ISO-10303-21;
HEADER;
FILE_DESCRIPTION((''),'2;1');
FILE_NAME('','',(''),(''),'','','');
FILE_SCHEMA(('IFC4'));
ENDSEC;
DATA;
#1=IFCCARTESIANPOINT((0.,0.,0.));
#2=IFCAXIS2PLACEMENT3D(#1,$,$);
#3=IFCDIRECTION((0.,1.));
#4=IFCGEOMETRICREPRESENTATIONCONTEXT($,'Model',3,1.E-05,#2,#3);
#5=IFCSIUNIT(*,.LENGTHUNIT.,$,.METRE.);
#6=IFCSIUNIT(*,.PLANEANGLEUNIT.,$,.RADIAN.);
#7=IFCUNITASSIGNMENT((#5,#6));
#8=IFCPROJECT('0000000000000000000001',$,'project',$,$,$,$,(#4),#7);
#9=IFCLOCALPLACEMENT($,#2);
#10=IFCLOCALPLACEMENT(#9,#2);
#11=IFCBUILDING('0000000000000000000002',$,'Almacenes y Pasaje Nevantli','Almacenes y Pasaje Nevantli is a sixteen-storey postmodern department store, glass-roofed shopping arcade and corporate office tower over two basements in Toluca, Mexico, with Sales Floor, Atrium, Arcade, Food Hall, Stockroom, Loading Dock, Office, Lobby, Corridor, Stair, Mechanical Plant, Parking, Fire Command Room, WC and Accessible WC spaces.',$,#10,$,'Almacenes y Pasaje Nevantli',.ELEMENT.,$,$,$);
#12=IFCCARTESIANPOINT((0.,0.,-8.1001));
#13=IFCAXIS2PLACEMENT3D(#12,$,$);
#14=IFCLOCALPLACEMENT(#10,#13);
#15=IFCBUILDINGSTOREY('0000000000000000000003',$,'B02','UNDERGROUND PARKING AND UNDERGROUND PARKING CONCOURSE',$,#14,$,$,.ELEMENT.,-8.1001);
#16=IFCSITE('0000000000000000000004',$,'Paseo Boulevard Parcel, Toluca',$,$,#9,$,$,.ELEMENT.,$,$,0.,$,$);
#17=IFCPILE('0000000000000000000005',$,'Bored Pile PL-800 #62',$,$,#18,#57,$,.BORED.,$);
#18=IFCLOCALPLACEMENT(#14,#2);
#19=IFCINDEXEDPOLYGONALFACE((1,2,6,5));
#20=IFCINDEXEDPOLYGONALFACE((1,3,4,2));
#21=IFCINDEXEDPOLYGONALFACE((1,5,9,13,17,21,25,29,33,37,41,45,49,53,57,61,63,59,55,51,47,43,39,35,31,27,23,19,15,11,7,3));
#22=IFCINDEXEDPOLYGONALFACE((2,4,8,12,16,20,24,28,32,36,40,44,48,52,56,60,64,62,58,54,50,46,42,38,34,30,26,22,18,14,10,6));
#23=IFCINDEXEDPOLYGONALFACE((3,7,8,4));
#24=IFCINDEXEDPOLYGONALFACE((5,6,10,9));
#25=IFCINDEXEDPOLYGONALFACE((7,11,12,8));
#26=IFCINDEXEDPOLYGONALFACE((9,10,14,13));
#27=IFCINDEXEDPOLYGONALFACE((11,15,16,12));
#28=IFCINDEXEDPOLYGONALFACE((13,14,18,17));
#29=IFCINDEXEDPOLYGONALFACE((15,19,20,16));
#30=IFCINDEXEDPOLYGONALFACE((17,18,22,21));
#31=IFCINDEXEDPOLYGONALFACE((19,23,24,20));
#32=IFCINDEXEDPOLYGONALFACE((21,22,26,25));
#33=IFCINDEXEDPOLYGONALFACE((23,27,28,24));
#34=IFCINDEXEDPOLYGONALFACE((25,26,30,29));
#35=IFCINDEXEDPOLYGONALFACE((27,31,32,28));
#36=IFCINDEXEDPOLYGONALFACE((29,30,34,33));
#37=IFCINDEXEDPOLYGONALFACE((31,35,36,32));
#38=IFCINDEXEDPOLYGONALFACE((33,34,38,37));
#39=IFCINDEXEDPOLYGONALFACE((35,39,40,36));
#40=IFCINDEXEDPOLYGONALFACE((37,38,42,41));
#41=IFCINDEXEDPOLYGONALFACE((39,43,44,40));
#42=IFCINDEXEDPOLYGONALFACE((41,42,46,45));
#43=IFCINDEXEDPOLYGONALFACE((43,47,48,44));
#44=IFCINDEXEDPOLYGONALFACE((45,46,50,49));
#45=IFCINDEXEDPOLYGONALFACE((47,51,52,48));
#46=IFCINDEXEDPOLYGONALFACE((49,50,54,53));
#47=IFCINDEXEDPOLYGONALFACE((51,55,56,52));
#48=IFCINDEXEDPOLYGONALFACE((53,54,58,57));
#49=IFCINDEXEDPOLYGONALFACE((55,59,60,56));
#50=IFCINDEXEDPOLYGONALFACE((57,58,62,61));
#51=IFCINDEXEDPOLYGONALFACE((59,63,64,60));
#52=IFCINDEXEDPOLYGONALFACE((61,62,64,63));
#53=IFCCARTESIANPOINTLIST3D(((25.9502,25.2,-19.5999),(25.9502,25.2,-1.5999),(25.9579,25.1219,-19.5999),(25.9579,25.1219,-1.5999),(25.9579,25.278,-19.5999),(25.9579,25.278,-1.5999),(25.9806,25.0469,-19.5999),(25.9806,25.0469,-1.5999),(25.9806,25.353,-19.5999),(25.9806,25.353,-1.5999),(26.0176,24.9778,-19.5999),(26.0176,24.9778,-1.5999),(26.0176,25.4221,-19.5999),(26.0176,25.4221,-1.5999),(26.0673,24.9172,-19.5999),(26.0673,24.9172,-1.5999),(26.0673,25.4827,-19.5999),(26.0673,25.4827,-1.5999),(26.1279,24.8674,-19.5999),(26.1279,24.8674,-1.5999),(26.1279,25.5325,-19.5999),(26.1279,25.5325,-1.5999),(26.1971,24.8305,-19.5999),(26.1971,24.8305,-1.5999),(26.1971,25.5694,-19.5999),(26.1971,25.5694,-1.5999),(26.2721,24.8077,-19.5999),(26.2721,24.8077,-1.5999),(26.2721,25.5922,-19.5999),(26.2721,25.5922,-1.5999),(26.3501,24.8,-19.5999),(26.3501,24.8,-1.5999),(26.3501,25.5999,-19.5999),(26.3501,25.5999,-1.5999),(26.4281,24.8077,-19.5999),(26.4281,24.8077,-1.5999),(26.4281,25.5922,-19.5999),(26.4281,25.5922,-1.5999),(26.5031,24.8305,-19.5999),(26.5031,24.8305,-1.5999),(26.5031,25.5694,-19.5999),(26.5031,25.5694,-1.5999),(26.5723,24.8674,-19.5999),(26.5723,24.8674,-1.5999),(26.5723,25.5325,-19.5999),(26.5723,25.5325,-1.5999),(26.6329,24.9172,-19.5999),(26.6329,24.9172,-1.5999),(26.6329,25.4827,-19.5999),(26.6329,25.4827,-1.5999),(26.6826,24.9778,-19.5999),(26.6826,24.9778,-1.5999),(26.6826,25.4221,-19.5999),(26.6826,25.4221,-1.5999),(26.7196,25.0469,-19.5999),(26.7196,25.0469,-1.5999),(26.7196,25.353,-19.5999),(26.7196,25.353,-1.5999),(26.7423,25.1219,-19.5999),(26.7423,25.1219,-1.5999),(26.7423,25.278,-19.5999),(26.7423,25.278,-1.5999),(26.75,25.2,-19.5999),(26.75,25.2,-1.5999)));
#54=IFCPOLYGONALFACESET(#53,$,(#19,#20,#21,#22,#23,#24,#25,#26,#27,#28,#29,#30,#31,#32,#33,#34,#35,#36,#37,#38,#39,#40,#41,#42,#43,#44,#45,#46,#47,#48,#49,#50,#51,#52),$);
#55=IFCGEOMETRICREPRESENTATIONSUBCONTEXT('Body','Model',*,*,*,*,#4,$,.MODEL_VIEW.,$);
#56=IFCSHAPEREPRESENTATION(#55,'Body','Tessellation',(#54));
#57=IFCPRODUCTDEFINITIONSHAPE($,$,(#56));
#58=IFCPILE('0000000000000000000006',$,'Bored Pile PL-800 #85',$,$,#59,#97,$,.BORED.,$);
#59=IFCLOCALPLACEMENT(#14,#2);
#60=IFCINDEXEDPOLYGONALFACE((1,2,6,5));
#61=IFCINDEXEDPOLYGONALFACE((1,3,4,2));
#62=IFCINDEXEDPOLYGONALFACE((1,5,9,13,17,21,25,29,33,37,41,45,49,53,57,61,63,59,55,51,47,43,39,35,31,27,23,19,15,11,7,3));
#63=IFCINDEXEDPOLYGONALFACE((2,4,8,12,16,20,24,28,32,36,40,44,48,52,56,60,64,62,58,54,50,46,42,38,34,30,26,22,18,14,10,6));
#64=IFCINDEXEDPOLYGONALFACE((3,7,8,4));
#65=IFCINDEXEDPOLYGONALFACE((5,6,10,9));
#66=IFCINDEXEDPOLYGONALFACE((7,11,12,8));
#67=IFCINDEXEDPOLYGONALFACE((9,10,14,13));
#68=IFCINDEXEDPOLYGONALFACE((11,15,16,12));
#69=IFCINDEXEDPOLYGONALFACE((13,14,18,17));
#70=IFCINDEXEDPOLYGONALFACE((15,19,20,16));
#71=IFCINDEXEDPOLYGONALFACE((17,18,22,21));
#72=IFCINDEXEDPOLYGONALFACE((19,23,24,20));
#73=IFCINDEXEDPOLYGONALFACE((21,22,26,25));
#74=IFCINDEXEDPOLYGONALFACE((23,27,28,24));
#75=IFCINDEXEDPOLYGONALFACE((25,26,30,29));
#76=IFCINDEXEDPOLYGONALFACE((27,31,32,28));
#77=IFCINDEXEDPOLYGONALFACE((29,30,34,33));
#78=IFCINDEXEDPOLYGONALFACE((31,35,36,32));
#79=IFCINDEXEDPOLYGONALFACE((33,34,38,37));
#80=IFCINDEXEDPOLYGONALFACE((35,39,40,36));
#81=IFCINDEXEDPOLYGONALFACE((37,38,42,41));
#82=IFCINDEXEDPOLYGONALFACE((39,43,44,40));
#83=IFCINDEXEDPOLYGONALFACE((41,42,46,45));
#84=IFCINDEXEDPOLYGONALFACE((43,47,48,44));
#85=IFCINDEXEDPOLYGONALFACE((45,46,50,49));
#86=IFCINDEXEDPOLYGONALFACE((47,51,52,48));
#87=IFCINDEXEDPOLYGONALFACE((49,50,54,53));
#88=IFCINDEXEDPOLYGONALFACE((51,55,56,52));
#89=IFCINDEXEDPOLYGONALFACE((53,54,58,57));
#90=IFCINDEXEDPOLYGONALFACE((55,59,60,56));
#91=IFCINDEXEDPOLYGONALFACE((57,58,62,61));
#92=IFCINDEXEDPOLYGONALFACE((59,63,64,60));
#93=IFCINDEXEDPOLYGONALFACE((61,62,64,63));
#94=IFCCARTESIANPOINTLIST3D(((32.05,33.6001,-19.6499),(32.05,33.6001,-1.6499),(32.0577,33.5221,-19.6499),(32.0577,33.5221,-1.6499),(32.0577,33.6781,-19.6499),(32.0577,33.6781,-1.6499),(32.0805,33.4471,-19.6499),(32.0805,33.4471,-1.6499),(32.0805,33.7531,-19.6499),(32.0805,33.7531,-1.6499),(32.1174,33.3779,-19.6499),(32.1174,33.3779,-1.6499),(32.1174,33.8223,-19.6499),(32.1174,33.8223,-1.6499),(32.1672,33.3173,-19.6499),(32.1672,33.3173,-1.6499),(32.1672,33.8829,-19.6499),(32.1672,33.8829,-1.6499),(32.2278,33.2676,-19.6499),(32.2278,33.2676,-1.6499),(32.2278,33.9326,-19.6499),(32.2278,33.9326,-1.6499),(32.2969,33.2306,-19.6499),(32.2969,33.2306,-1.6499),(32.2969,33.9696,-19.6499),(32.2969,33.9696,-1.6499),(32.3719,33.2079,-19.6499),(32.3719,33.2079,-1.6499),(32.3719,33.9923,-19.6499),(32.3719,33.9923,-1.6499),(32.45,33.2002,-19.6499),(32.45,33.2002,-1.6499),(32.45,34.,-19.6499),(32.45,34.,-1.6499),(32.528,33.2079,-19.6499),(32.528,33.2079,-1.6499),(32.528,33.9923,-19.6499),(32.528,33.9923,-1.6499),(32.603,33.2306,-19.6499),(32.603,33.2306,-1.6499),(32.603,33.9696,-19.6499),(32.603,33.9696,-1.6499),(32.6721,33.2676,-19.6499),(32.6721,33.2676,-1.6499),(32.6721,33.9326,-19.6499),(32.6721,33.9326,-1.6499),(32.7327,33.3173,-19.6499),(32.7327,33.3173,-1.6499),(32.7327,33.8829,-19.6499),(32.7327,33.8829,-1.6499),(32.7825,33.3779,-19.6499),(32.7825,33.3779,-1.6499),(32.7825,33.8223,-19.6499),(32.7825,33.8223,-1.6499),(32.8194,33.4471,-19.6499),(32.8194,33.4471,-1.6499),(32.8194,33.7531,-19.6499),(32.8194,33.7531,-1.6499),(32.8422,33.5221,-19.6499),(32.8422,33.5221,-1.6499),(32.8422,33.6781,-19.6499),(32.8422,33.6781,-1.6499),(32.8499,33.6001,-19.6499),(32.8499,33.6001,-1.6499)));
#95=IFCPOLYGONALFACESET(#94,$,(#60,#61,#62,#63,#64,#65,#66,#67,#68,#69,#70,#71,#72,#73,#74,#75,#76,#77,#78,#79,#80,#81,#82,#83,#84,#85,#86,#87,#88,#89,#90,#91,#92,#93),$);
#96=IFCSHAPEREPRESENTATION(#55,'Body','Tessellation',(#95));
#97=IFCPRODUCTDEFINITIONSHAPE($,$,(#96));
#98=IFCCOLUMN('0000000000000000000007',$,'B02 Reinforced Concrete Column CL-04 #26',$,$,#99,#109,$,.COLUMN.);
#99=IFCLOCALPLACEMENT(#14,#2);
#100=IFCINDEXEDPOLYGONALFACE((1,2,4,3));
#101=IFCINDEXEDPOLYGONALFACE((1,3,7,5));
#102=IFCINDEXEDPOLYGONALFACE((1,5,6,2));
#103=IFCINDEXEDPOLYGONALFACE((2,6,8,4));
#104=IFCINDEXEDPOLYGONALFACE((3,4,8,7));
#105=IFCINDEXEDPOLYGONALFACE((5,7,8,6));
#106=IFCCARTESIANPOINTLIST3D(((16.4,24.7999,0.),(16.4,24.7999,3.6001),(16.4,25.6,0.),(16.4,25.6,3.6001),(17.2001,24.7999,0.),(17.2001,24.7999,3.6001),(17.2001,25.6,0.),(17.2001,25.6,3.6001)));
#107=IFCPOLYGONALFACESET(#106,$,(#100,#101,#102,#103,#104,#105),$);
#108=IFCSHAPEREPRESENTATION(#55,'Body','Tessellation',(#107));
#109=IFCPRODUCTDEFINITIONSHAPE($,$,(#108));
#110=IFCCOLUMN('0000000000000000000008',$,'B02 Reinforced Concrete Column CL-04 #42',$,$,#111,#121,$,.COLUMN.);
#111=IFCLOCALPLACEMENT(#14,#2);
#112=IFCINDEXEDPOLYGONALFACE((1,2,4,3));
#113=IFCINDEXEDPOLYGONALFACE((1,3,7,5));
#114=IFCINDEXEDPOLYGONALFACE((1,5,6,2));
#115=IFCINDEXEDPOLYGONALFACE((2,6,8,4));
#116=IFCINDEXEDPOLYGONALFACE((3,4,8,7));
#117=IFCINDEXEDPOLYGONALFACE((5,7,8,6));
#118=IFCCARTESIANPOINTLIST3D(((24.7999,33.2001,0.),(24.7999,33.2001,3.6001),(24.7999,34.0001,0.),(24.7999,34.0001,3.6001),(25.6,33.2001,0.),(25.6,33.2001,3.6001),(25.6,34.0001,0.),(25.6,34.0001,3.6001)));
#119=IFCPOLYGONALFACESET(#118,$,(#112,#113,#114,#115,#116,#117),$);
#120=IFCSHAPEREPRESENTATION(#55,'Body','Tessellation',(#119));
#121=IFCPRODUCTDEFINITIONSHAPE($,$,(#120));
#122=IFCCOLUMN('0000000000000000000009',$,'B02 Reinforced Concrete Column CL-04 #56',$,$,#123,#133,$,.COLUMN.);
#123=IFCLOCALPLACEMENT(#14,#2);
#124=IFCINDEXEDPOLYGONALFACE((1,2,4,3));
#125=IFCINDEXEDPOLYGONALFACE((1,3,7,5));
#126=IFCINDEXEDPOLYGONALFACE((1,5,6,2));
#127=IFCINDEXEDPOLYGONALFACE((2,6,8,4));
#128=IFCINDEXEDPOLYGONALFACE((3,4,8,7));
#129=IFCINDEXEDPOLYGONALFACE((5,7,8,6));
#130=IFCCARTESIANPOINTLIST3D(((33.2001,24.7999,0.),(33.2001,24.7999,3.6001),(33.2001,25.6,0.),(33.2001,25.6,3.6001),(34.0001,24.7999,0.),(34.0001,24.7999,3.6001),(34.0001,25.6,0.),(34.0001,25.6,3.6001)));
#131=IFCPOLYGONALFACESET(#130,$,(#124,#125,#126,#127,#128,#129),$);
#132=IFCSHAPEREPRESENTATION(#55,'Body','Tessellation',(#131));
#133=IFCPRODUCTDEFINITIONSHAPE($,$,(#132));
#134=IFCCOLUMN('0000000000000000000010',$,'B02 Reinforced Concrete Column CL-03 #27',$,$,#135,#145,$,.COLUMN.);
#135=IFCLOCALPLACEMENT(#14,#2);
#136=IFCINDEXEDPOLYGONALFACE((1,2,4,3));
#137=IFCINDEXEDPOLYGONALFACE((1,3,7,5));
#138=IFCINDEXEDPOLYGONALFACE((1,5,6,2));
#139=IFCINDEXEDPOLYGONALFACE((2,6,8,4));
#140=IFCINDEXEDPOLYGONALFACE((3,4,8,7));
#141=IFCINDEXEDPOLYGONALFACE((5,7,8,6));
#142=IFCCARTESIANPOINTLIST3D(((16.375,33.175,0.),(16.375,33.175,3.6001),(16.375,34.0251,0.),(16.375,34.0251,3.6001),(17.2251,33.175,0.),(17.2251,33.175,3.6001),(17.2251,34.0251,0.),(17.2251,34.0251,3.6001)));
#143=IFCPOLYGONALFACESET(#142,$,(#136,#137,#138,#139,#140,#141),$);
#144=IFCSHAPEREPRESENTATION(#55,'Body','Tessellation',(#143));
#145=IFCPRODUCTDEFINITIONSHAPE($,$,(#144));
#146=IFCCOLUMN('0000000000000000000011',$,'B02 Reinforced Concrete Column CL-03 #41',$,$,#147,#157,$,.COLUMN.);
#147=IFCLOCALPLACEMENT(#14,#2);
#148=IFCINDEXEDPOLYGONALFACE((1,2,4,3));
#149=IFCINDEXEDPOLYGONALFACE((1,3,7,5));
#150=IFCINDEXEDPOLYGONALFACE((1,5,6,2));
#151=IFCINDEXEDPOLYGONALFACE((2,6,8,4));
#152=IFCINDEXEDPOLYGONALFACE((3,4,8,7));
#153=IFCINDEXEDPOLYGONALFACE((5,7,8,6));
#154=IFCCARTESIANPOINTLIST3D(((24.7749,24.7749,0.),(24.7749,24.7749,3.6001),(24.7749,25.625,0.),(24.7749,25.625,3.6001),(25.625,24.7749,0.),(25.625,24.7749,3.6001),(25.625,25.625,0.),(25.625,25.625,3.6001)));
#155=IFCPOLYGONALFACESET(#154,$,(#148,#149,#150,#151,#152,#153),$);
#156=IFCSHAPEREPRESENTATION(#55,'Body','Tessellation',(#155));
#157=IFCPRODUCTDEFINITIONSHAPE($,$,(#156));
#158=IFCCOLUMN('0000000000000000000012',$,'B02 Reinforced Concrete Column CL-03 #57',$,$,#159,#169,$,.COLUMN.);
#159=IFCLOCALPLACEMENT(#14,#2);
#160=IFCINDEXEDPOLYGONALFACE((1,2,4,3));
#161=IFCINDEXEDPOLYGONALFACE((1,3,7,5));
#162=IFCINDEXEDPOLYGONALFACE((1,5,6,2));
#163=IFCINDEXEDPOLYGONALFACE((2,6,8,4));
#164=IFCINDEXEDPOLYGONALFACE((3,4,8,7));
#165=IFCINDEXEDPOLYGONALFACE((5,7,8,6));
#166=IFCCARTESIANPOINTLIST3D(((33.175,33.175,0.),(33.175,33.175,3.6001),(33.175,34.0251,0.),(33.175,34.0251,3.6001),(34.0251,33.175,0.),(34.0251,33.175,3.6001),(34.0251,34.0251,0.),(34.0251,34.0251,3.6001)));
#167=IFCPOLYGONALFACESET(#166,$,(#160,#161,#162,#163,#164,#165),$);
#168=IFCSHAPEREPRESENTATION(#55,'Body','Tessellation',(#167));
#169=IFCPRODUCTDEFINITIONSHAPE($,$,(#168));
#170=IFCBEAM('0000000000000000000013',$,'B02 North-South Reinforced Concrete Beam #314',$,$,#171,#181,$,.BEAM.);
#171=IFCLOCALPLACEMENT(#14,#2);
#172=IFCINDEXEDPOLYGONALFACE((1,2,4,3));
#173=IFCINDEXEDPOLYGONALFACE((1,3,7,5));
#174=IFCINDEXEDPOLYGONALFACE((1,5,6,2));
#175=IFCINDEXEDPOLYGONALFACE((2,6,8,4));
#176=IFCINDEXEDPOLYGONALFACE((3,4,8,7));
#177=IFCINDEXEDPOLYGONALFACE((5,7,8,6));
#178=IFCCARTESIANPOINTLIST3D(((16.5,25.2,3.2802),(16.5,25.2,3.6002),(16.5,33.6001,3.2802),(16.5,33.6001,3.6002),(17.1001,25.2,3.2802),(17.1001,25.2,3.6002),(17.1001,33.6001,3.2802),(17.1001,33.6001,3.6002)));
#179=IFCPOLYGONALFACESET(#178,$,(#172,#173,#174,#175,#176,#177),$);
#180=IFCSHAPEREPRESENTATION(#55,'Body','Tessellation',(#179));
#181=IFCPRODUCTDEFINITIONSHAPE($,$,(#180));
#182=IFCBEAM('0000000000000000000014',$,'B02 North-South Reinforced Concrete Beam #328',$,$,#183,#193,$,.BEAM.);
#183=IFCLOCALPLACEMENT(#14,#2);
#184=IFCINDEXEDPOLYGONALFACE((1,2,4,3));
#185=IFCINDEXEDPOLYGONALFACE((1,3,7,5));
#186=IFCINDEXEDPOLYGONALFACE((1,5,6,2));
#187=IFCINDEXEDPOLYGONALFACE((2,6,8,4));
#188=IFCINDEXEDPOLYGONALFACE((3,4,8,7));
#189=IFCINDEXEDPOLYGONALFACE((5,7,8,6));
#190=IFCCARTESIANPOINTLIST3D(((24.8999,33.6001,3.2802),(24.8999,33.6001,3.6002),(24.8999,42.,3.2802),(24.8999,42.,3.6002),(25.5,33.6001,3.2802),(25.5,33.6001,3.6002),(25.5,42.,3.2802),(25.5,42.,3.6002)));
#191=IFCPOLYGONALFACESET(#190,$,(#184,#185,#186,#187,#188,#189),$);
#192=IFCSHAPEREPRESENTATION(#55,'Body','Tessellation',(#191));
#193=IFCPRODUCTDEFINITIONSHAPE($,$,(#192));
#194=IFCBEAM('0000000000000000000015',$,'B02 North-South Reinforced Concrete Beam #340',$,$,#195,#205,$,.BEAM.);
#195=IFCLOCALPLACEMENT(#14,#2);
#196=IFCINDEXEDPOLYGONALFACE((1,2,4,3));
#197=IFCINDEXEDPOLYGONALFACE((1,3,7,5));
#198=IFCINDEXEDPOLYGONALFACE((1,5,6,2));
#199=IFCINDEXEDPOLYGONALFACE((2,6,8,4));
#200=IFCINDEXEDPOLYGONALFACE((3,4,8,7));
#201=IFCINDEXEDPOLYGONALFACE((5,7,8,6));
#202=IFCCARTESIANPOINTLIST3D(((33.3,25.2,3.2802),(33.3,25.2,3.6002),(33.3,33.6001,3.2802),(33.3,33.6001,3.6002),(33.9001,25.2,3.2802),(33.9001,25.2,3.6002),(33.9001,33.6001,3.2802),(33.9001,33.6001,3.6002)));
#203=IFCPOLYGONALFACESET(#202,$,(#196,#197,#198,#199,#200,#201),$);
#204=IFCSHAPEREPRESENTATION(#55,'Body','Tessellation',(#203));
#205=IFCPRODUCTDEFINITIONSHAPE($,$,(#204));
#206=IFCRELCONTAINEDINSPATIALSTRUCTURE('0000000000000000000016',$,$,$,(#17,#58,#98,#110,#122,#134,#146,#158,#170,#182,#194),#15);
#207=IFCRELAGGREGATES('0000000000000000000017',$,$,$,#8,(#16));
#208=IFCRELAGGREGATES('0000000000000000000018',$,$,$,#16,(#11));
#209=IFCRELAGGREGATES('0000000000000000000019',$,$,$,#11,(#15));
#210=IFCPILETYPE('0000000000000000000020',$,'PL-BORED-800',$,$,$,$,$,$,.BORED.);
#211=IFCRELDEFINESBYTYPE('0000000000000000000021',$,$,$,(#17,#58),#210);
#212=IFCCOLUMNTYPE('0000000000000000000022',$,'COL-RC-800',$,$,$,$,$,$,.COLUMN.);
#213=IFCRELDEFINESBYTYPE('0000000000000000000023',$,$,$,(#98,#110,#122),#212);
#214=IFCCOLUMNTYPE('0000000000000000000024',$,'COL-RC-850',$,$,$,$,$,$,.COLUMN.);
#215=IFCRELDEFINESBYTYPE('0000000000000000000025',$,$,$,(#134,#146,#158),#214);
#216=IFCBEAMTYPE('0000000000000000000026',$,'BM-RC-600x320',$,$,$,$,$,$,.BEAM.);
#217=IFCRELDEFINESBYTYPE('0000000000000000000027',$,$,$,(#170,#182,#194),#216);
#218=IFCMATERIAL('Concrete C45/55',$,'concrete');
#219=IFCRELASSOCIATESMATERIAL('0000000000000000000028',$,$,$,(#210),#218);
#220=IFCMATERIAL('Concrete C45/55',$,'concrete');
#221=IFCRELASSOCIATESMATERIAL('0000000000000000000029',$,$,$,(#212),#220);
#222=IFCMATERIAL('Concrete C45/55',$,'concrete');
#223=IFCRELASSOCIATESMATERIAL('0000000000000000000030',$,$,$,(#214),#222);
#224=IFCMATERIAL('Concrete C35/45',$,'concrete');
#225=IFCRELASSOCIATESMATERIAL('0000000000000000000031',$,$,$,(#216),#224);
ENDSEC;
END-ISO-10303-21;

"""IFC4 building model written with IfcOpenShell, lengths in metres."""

from ifc_helpers import new_model, si_unit, direction, frame, origin, origin_2d, place, context, subcontext, project, spatial, rectangle, circle, extrude, material, material_profile, profile_set, type_object, element, save


model = new_model("IFC4")

# Units and contexts
model_context = context("Model", 3, precision=1e-05, world=origin(), true_north=direction((0.0, 1.0)))
body_context = subcontext(model_context, "Body", "Model", "MODEL_VIEW")
ifc_project = project(units=[si_unit("LENGTHUNIT", "METRE"), si_unit("PLANEANGLEUNIT", "RADIAN")], contexts=[model_context])

# Site, building, storey
site_placement = place(None, origin())
site = spatial("IfcSite", under=ifc_project, at=site_placement, Name="Paseo Boulevard Parcel, Toluca", CompositionType="ELEMENT", RefElevation=0.0)
building_placement = place(site_placement, origin())
building = spatial("IfcBuilding", under=site, at=building_placement, Name="Almacenes y Pasaje Nevantli", Description="Almacenes y Pasaje Nevantli is a sixteen-storey postmodern department store, glass-roofed shopping arcade and corporate office tower over two basements in Toluca, Mexico, with Sales Floor, Atrium, Arcade, Food Hall, Stockroom, Loading Dock, Office, Lobby, Corridor, Stair, Mechanical Plant, Parking, Fire Command Room, WC and Accessible WC spaces.", LongName="Almacenes y Pasaje Nevantli", CompositionType="ELEMENT")
storey_placement = place(building_placement, frame((0.0, 0.0, -8.1001)))
storey = spatial("IfcBuildingStorey", under=building, at=storey_placement, Name="B02", Description="UNDERGROUND PARKING AND UNDERGROUND PARKING CONCOURSE", CompositionType="ELEMENT", Elevation=-8.1001)

# Piles
ifc_material_1 = material(Name="Concrete C45/55", Category="concrete")
ifc_material_profile_1 = material_profile(ifc_material_1, circle(Radius=0.3999, at=origin_2d()), Name="RC-PILE-D800")
ifc_profile_set_1 = profile_set([ifc_material_profile_1], Name="Concrete C45/55")
pile_type_1 = type_object("IfcPileType", Name="PL-BORED-800", PredefinedType="BORED", material=ifc_profile_set_1)
for number, where, z_axis, x_axis, name in (
    (1, (26.3501, 25.2, -1.5999), (0.0, 0.0, -1.0), (1.0, 0.0, 0.0), "Bored Pile PL-800 #62"),
    (2, (32.45, 33.6001, -1.6499), (0.0, 0.0, -1.0), (1.0, 0.0, 0.0), "Bored Pile PL-800 #85"),
):
    element("IfcPile", number, at=place(storey_placement, frame(where, z_axis=z_axis, x_axis=x_axis)), inside=storey, type_object=pile_type_1, Name=name, PredefinedType="BORED", context=body_context, shape_type="SweptSolid", body=[
        extrude(circle(Radius=0.3999, at=origin_2d()), origin(), (0.0, 0.0, 1.0), 18.0),
    ])

# Columns
ifc_material_2 = material(Name="Concrete C45/55", Category="concrete")
ifc_material_profile_2 = material_profile(ifc_material_2, rectangle(XDim=0.8, YDim=0.8, at=origin_2d()), Name="RC-COL-800x800")
ifc_profile_set_2 = profile_set([ifc_material_profile_2], Name="Concrete C45/55")
column_type_1 = type_object("IfcColumnType", Name="COL-RC-800", PredefinedType="COLUMN", material=ifc_profile_set_2)
for number, where, z_axis, x_axis, name in (
    (3, (16.8, 25.2, 0.0), (0.0, 0.0, 1.0), (1.0, 0.0, 0.0), "B02 Reinforced Concrete Column CL-04 #26"),
    (4, (25.2, 33.6001, 0.0), (0.0, 0.0, 1.0), (1.0, 0.0, 0.0), "B02 Reinforced Concrete Column CL-04 #42"),
    (5, (33.6001, 25.2, 0.0), (0.0, 0.0, 1.0), (1.0, 0.0, 0.0), "B02 Reinforced Concrete Column CL-04 #56"),
):
    element("IfcColumn", number, at=place(storey_placement, frame(where, z_axis=z_axis, x_axis=x_axis)), inside=storey, type_object=column_type_1, Name=name, PredefinedType="COLUMN", context=body_context, shape_type="SweptSolid", body=[
        extrude(rectangle(XDim=0.8, YDim=0.8, at=origin_2d()), origin(), (0.0, 0.0, 1.0), 3.6001),
    ])
ifc_material_3 = material(Name="Concrete C45/55", Category="concrete")
ifc_material_profile_3 = material_profile(ifc_material_3, rectangle(XDim=0.8501, YDim=0.8501, at=origin_2d()), Name="RC-COL-850x850")
ifc_profile_set_3 = profile_set([ifc_material_profile_3], Name="Concrete C45/55")
column_type_2 = type_object("IfcColumnType", Name="COL-RC-850", PredefinedType="COLUMN", material=ifc_profile_set_3)
for number, where, z_axis, x_axis, name in (
    (6, (16.8, 33.6001, 0.0), (0.0, 0.0, 1.0), (1.0, 0.0, 0.0), "B02 Reinforced Concrete Column CL-03 #27"),
    (7, (25.2, 25.2, 0.0), (0.0, 0.0, 1.0), (1.0, 0.0, 0.0), "B02 Reinforced Concrete Column CL-03 #41"),
    (8, (33.6001, 33.6001, 0.0), (0.0, 0.0, 1.0), (1.0, 0.0, 0.0), "B02 Reinforced Concrete Column CL-03 #57"),
):
    element("IfcColumn", number, at=place(storey_placement, frame(where, z_axis=z_axis, x_axis=x_axis)), inside=storey, type_object=column_type_2, Name=name, PredefinedType="COLUMN", context=body_context, shape_type="SweptSolid", body=[
        extrude(rectangle(XDim=0.8501, YDim=0.8501, at=origin_2d()), origin(), (0.0, 0.0, 1.0), 3.6001),
    ])

# Beams
ifc_material_4 = material(Name="Concrete C35/45", Category="concrete")
ifc_material_profile_4 = material_profile(ifc_material_4, rectangle(XDim=0.6001, YDim=0.3201, at=origin_2d()), Name="RC-BM-600x320")
ifc_profile_set_4 = profile_set([ifc_material_profile_4], Name="Concrete C35/45")
beam_type_1 = type_object("IfcBeamType", Name="BM-RC-600x320", PredefinedType="BEAM", material=ifc_profile_set_4)
beam_1_placement = place(storey_placement, frame((16.8, 25.2, 3.4402), z_axis=(0.0, 1.0, 0.0), x_axis=(-1.0, 0.0, 0.0)))
element("IfcBeam", 9, at=beam_1_placement, inside=storey, type_object=beam_type_1, Name="B02 North-South Reinforced Concrete Beam #314", PredefinedType="BEAM", context=body_context, shape_type="SweptSolid", body=[
    extrude(rectangle(XDim=0.6001, YDim=0.3201, at=origin_2d()), origin(), (0.0, 0.0, 1.0), 8.4001),
])
beam_2_placement = place(storey_placement, frame((25.2, 33.6001, 3.4402), z_axis=(0.0, 1.0, 0.0), x_axis=(-1.0, 0.0, 0.0)))
element("IfcBeam", 10, at=beam_2_placement, inside=storey, type_object=beam_type_1, Name="B02 North-South Reinforced Concrete Beam #328", PredefinedType="BEAM", context=body_context, shape_type="SweptSolid", body=[
    extrude(rectangle(XDim=0.6001, YDim=0.3201, at=origin_2d()), origin(), (0.0, 0.0, 1.0), 8.3999),
])
beam_3_placement = place(storey_placement, frame((33.6001, 25.2, 3.4402), z_axis=(0.0, 1.0, 0.0), x_axis=(-1.0, 0.0, 0.0)))
element("IfcBeam", 11, at=beam_3_placement, inside=storey, type_object=beam_type_1, Name="B02 North-South Reinforced Concrete Beam #340", PredefinedType="BEAM", context=body_context, shape_type="SweptSolid", body=[
    extrude(rectangle(XDim=0.6001, YDim=0.3201, at=origin_2d()), origin(), (0.0, 0.0, 1.0), 8.4001),
])

save(model, "model.ifc")
